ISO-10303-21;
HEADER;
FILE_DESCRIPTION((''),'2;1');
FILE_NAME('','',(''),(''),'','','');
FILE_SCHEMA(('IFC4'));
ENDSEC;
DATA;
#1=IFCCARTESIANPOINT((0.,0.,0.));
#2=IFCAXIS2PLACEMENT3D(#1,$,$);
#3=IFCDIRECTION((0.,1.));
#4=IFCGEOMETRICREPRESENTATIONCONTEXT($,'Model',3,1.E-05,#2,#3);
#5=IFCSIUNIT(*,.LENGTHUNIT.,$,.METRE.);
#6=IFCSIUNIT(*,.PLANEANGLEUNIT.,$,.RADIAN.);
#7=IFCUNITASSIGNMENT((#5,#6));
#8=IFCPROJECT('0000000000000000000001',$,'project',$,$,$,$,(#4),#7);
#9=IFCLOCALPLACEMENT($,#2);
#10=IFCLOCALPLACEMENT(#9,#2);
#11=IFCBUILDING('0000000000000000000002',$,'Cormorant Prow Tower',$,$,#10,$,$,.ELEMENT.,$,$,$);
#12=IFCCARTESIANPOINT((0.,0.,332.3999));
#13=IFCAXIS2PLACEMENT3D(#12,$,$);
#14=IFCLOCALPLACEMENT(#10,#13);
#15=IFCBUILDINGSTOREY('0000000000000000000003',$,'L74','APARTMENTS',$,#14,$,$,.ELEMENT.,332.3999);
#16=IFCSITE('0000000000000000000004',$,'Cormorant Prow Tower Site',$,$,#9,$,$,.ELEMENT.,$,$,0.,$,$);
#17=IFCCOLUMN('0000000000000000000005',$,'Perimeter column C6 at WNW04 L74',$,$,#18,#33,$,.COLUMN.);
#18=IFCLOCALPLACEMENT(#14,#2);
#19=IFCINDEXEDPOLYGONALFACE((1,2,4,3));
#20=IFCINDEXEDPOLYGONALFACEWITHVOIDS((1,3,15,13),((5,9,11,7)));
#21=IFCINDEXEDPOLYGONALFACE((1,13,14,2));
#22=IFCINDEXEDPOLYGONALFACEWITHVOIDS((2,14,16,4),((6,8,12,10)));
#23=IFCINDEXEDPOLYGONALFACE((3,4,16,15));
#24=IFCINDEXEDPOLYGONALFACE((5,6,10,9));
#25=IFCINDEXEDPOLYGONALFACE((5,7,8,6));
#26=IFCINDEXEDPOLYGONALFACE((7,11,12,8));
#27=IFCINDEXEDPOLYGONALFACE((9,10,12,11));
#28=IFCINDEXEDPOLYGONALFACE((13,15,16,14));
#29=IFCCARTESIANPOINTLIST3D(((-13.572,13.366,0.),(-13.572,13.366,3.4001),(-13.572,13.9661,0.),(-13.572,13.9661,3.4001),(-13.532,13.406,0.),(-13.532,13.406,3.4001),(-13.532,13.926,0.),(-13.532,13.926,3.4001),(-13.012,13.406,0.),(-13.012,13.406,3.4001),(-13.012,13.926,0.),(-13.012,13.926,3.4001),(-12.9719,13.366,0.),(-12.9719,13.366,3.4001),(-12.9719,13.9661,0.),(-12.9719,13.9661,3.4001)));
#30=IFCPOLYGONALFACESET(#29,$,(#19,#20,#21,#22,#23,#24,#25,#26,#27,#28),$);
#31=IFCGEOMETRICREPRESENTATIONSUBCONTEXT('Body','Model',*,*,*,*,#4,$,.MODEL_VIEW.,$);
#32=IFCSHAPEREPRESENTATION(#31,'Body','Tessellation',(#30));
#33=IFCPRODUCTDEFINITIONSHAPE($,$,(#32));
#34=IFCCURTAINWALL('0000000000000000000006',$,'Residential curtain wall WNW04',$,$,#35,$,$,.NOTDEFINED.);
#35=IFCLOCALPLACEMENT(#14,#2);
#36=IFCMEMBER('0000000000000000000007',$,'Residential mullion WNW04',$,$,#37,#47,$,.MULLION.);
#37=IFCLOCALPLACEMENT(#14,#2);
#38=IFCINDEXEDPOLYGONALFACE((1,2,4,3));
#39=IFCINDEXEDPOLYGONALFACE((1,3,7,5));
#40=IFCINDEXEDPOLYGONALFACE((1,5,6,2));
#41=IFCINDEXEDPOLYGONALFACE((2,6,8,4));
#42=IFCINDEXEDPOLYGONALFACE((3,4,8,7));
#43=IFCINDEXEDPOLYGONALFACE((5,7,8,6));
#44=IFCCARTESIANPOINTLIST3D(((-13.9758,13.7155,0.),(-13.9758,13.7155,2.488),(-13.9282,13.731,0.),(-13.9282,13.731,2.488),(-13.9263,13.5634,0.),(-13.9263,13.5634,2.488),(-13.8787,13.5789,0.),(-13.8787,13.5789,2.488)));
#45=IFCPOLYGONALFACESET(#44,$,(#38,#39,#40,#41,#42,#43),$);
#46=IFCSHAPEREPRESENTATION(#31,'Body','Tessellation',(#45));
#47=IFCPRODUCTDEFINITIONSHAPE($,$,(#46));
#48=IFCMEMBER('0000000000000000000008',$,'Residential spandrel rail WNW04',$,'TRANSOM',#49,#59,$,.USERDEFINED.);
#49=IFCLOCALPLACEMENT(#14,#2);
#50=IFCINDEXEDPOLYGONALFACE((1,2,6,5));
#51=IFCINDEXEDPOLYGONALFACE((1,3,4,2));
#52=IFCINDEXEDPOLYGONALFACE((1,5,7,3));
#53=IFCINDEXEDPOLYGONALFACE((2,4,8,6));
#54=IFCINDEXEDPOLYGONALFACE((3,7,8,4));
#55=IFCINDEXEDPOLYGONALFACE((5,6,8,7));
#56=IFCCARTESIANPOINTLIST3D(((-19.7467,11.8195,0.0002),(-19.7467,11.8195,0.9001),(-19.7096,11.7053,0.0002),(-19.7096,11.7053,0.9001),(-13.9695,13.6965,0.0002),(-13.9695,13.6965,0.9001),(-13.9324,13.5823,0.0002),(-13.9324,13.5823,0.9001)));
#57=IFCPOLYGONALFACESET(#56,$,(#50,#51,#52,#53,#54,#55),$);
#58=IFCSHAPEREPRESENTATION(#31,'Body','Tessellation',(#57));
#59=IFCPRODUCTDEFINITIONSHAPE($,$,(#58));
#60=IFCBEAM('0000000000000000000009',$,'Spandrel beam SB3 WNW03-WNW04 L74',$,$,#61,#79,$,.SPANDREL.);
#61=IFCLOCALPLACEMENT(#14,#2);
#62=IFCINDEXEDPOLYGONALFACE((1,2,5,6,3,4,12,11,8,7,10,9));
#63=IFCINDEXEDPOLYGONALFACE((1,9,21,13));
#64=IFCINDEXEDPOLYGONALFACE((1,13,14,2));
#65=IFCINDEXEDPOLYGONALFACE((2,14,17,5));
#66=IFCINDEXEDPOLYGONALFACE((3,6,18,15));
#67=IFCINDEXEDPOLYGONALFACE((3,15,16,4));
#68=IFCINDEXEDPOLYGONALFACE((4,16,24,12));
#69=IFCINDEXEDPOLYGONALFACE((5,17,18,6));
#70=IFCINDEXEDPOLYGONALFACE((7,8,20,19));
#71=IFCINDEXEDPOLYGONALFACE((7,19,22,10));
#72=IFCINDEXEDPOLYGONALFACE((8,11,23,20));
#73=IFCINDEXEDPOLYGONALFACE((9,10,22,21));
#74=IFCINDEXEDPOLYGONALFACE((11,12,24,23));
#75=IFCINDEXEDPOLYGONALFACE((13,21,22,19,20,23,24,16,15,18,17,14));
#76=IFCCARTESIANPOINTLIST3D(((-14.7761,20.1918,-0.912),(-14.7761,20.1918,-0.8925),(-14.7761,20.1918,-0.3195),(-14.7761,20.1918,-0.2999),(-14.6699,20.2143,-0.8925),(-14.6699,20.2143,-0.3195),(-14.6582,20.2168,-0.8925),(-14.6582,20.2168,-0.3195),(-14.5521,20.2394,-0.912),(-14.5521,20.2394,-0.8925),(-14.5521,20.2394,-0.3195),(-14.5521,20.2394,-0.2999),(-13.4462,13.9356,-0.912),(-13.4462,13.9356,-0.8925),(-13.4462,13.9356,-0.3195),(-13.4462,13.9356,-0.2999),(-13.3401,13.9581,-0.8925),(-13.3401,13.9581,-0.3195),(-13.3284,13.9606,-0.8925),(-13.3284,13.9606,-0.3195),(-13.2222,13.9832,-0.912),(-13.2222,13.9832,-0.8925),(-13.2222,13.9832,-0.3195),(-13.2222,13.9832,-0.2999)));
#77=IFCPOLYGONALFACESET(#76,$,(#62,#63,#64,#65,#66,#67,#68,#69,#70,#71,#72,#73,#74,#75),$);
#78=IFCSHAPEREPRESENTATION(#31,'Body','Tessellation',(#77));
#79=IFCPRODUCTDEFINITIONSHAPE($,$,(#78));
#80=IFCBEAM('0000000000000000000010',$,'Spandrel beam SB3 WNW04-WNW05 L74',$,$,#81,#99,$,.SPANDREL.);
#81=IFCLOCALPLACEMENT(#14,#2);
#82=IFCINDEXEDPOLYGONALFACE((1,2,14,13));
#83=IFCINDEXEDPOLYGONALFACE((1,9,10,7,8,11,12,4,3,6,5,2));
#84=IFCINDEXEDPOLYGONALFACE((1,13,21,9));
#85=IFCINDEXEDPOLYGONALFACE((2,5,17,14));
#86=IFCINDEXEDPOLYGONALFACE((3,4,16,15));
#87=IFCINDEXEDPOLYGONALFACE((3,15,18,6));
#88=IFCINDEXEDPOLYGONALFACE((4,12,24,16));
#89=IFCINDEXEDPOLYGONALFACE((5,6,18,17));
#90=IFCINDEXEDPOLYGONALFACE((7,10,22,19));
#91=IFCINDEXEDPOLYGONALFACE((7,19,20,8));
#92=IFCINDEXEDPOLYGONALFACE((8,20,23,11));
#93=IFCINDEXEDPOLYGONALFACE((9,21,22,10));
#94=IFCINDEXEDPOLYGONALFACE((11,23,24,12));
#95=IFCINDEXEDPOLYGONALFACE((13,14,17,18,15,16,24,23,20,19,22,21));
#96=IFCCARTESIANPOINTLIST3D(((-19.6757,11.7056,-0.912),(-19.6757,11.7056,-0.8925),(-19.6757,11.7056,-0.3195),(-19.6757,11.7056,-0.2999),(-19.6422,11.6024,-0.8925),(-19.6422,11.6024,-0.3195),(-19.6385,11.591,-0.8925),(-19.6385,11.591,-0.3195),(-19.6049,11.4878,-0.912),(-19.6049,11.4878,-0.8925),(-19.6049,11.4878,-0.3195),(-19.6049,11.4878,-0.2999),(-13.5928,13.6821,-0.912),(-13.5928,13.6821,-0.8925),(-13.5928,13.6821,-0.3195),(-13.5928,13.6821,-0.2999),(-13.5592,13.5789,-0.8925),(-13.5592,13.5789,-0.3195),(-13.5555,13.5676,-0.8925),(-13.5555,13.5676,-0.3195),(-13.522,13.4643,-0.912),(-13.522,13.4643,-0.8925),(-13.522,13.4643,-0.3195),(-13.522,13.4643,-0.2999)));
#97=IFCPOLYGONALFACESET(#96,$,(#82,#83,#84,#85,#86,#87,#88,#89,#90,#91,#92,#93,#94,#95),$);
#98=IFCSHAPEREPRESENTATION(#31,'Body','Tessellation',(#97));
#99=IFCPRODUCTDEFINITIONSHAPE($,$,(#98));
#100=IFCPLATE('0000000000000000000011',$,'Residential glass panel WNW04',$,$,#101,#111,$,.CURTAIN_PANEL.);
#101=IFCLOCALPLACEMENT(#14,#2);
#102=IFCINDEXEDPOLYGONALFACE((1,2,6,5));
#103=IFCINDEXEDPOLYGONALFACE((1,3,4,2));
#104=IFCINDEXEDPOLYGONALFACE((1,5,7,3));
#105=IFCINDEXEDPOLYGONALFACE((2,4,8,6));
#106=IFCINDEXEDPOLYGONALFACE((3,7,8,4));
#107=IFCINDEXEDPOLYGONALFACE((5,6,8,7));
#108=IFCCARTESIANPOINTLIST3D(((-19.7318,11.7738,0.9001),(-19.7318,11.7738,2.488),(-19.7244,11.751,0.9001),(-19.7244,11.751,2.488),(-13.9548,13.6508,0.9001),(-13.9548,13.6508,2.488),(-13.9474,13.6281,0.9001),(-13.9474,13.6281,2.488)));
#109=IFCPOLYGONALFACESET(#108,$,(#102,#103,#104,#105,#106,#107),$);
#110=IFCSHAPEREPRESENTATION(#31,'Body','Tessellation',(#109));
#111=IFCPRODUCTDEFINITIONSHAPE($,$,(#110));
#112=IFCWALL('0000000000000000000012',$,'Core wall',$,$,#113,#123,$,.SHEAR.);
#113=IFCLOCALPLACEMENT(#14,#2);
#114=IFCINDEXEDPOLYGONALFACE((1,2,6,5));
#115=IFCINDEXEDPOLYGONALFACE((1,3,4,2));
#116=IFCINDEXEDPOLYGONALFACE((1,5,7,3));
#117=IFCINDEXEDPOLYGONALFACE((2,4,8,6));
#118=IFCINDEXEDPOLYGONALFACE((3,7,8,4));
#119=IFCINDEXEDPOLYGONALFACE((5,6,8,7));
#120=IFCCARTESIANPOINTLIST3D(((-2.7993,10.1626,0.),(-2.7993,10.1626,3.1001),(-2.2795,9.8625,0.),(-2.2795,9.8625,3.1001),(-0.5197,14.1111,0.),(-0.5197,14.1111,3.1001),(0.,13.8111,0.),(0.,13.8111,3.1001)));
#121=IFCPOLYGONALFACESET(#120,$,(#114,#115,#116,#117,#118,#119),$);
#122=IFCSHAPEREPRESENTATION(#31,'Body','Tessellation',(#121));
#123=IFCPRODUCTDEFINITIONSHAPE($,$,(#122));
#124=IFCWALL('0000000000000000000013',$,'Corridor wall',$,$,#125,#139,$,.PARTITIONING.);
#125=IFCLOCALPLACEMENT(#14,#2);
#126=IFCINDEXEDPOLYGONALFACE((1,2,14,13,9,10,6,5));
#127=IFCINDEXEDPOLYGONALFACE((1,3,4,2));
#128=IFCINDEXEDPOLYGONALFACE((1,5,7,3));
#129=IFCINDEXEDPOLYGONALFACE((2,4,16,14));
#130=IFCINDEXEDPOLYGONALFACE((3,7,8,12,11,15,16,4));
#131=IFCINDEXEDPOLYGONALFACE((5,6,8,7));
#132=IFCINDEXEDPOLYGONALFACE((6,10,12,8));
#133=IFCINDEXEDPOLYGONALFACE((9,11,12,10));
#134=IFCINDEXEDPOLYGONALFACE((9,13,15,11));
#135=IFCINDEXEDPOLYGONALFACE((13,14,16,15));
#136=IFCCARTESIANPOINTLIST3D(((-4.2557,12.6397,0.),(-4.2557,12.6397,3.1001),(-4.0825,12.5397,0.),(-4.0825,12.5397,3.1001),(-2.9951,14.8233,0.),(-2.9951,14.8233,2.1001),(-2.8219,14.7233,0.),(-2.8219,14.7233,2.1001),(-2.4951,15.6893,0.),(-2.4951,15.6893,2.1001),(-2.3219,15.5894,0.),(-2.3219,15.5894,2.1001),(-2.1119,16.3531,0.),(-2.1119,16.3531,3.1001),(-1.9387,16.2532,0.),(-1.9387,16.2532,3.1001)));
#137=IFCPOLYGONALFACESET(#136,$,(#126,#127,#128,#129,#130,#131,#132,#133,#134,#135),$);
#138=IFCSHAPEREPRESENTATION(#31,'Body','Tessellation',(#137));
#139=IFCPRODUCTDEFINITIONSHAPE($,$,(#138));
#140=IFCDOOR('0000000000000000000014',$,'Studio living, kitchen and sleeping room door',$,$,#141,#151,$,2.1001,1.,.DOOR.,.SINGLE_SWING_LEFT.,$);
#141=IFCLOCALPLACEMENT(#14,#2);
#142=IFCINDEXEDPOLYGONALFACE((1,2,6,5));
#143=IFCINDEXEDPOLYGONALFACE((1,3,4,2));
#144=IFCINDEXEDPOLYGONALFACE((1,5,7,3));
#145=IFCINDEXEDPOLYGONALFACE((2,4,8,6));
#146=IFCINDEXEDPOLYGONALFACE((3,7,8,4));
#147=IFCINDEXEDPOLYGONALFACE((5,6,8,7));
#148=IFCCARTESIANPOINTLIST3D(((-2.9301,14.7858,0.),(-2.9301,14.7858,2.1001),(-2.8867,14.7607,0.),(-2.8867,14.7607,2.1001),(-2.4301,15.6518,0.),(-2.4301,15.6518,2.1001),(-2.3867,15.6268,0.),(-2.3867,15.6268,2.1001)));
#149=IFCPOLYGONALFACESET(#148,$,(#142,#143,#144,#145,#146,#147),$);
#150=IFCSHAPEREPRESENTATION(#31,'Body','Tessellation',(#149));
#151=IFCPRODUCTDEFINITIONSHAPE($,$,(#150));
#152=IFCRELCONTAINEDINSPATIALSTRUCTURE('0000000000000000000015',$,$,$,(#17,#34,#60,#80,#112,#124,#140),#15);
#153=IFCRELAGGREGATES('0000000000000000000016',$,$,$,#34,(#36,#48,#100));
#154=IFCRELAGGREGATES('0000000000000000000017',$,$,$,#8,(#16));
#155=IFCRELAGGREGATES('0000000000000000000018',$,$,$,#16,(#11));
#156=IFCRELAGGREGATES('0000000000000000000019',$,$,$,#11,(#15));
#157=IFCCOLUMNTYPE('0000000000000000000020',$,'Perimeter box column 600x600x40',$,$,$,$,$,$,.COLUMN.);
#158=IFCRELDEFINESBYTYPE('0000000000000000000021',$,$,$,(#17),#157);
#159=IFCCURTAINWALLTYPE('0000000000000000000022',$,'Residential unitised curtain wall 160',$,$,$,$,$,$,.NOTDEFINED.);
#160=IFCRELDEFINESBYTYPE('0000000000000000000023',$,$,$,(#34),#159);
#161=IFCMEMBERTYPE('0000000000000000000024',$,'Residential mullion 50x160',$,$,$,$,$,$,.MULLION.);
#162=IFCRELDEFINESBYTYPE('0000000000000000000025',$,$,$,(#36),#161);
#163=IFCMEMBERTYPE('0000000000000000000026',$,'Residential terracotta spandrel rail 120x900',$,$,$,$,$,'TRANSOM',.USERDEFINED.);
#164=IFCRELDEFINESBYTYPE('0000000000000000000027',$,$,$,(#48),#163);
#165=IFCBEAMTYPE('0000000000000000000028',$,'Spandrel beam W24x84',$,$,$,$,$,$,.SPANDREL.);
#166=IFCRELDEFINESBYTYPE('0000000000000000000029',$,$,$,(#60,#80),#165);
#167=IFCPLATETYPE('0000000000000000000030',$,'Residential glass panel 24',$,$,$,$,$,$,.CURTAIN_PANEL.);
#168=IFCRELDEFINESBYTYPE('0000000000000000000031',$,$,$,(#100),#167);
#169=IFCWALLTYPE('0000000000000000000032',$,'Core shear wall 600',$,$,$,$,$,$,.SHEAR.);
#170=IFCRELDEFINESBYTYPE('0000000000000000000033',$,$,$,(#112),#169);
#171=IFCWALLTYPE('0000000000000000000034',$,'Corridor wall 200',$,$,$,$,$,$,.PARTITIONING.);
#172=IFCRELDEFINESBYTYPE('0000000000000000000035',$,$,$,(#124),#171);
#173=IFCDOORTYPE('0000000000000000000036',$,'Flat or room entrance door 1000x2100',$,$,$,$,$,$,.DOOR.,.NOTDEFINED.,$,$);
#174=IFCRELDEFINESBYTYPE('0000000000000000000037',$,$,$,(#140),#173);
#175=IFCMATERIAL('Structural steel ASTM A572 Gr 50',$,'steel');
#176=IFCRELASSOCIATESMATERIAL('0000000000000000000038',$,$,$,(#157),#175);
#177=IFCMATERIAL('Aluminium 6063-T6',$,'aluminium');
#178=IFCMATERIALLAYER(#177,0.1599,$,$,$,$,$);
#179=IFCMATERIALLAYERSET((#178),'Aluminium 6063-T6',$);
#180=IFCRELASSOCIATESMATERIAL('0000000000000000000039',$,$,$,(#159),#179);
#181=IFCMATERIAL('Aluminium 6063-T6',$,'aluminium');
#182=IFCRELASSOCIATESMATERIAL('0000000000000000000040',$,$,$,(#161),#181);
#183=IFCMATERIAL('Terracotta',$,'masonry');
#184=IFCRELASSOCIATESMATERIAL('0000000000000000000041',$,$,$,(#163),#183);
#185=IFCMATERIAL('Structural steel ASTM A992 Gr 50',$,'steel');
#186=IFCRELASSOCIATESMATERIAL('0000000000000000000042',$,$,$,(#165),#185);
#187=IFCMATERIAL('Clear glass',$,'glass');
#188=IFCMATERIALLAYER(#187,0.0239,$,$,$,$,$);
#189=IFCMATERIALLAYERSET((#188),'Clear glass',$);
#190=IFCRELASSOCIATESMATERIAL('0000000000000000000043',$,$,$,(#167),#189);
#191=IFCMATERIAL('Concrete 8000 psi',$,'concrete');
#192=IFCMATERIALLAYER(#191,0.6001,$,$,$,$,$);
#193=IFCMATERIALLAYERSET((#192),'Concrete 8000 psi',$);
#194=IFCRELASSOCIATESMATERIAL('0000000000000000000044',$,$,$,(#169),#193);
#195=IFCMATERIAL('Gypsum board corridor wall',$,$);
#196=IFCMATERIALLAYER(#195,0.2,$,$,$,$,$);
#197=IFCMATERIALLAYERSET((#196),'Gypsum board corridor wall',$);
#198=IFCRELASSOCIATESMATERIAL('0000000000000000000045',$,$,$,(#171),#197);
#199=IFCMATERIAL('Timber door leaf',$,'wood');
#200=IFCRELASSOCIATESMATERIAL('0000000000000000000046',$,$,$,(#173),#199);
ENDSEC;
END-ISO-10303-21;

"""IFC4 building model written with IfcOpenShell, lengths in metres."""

from ifc_helpers import new_model, si_unit, direction, frame, frame_2d, origin, origin_2d, place, context, subcontext, project, spatial, rectangle, hollow_rectangle, i_section, extrude, material, layer, layer_set, material_profile, profile_set, type_object, element, fill, aggregate, save


model = new_model("IFC4")

# Units and contexts
model_context = context("Model", 3, precision=1e-05, world=origin(), true_north=direction((0.0, 1.0)))
body_context = subcontext(model_context, "Body", "Model", "MODEL_VIEW")
ifc_project = project(units=[si_unit("LENGTHUNIT", "METRE"), si_unit("PLANEANGLEUNIT", "RADIAN")], contexts=[model_context])

# Site, building, storey
site_placement = place(None, origin())
site = spatial("IfcSite", under=ifc_project, at=site_placement, Name="Cormorant Prow Tower Site", CompositionType="ELEMENT", RefElevation=0.0)
building_placement = place(site_placement, origin())
building = spatial("IfcBuilding", under=site, at=building_placement, Name="Cormorant Prow Tower", CompositionType="ELEMENT")
storey_placement = place(building_placement, frame((0.0, 0.0, 332.3999)))
storey = spatial("IfcBuildingStorey", under=building, at=storey_placement, Name="L74", Description="APARTMENTS", CompositionType="ELEMENT", Elevation=332.3999)

# Column
ifc_material_1 = material(Name="Structural steel ASTM A572 Gr 50", Category="steel")
ifc_material_profile_1 = material_profile(ifc_material_1, hollow_rectangle(XDim=0.6001, YDim=0.6001, WallThickness=0.04, at=origin_2d()), Name="Box 600x600x40")
ifc_profile_set_1 = profile_set([ifc_material_profile_1], Name="Structural steel ASTM A572 Gr 50")
column_type = type_object("IfcColumnType", Name="Perimeter box column 600x600x40", PredefinedType="COLUMN", material=ifc_profile_set_1)
column_placement = place(storey_placement, frame((-13.272, 13.666, 0.0), z_axis=(0.0, 0.0, 1.0), x_axis=(1.0, 0.0, 0.0)))
element("IfcColumn", 1, at=column_placement, inside=storey, type_object=column_type, Name="Perimeter column C6 at WNW04 L74", PredefinedType="COLUMN", context=body_context, shape_type="SweptSolid", body=[
    extrude(hollow_rectangle(XDim=0.6001, YDim=0.6001, WallThickness=0.04, at=origin_2d()), origin(), (0.0, 0.0, 1.0), 3.4001),
])

# Curtain wall, members
ifc_material_2 = material(Name="Aluminium 6063-T6", Category="aluminium")
ifc_layer_1 = layer(ifc_material_2, 0.1599)
ifc_layer_set_1 = layer_set([ifc_layer_1], Name="Aluminium 6063-T6")
curtain_wall_type = type_object("IfcCurtainWallType", Name="Residential unitised curtain wall 160", PredefinedType="NOTDEFINED", material=ifc_layer_set_1)
curtain_wall_placement = place(storey_placement, origin())
curtain_wall = element("IfcCurtainWall", 2, at=curtain_wall_placement, inside=storey, type_object=curtain_wall_type, Name="Residential curtain wall WNW04", PredefinedType="NOTDEFINED")
ifc_material_3 = material(Name="Aluminium 6063-T6", Category="aluminium")
ifc_material_profile_2 = material_profile(ifc_material_3, rectangle(XDim=0.1599, YDim=0.05, at=origin_2d()), Name="Residential mullion 50x160")
ifc_profile_set_2 = profile_set([ifc_material_profile_2], Name="Aluminium 6063-T6")
member_type_1 = type_object("IfcMemberType", Name="Residential mullion 50x160", PredefinedType="MULLION", material=ifc_profile_set_2)
member_1_placement = place(storey_placement, frame((-13.9272, 13.6472, 0.0), z_axis=(0.0, 0.0, 1.0), x_axis=(0.309017, -0.951057, 0.0)))
member_1 = element("IfcMember", 3, at=member_1_placement, type_object=member_type_1, Name="Residential mullion WNW04", PredefinedType="MULLION", context=body_context, shape_type="SweptSolid", body=[
    extrude(rectangle(XDim=0.1599, YDim=0.05, at=origin_2d()), origin(), (0.0, 0.0, 1.0), 2.488),
])
ifc_material_4 = material(Name="Terracotta", Category="masonry")
ifc_material_profile_3 = material_profile(ifc_material_4, rectangle(XDim=0.1201, YDim=0.8999, at=origin_2d()), Name="Residential terracotta spandrel rail 120x900")
ifc_profile_set_3 = profile_set([ifc_material_profile_3], Name="Terracotta")
member_type_2 = type_object("IfcMemberType", Name="Residential terracotta spandrel rail 120x900", ElementType="TRANSOM", PredefinedType="USERDEFINED", material=ifc_profile_set_3)
member_2_placement = place(storey_placement, frame((-13.9509, 13.6394, 0.4502), z_axis=(-0.951063, -0.308996, 0.0), x_axis=(0.308996, -0.951063, 0.0)))
member_2 = element("IfcMember", 4, at=member_2_placement, type_object=member_type_2, Name="Residential spandrel rail WNW04", ObjectType="TRANSOM", PredefinedType="USERDEFINED", context=body_context, shape_type="SweptSolid", body=[
    extrude(rectangle(XDim=0.1201, YDim=0.8999, at=origin_2d()), origin(), (0.0, 0.0, 1.0), 6.0745),
])

# Beams
ifc_material_5 = material(Name="Structural steel ASTM A992 Gr 50", Category="steel")
ifc_material_profile_4 = material_profile(ifc_material_5, i_section(OverallWidth=0.229, OverallDepth=0.6121, WebThickness=0.012, FlangeThickness=0.0195, at=origin_2d()), Name="W24x84")
ifc_profile_set_4 = profile_set([ifc_material_profile_4], Name="Structural steel ASTM A992 Gr 50")
beam_type = type_object("IfcBeamType", Name="Spandrel beam W24x84", PredefinedType="SPANDREL", material=ifc_profile_set_4)
for number, where, z_axis, x_axis, name in (
    (5, (-14.6641, 20.2156, -0.606), (0.20792, -0.978146, 0.0), (0.978146, 0.20792, 0.0), "Spandrel beam SB3 WNW03-WNW04 L74"),
    (6, (-13.5574, 13.5732, -0.606), (-0.951053, -0.309027, 0.0), (0.309027, -0.951053, 0.0), "Spandrel beam SB3 WNW04-WNW05 L74"),
):
    element("IfcBeam", number, at=place(storey_placement, frame(where, z_axis=z_axis, x_axis=x_axis)), inside=storey, type_object=beam_type, Name=name, PredefinedType="SPANDREL", context=body_context, shape_type="SweptSolid", body=[
        extrude(i_section(OverallWidth=0.229, OverallDepth=0.6121, WebThickness=0.012, FlangeThickness=0.0195, at=origin_2d()), origin(), (0.0, 0.0, 1.0), 6.396),
    ])

# Plate
ifc_material_6 = material(Name="Clear glass", Category="glass")
ifc_layer_2 = layer(ifc_material_6, 0.0239)
ifc_layer_set_2 = layer_set([ifc_layer_2], Name="Clear glass")
plate_type = type_object("IfcPlateType", Name="Residential glass panel 24", PredefinedType="CURTAIN_PANEL", material=ifc_layer_set_2)
plate_placement = place(storey_placement, frame((-16.8396, 12.7009, 0.9001), z_axis=(0.0, 0.0, 1.0), x_axis=(-0.951057, -0.309017, 0.0)))
plate = element("IfcPlate", 7, at=plate_placement, type_object=plate_type, Name="Residential glass panel WNW04", PredefinedType="CURTAIN_PANEL", context=body_context, shape_type="SweptSolid", body=[
    extrude(rectangle(XDim=6.0742, YDim=0.0239, at=origin_2d()), origin(), (0.0, 0.0, 1.0), 1.5879),
])
aggregate(curtain_wall, [member_1, member_2, plate])

# Wall
ifc_material_7 = material(Name="Concrete 8000 psi", Category="concrete")
ifc_layer_3 = layer(ifc_material_7, 0.6001)
ifc_layer_set_3 = layer_set([ifc_layer_3], Name="Concrete 8000 psi")
wall_type_1 = type_object("IfcWallType", Name="Core shear wall 600", PredefinedType="SHEAR", material=ifc_layer_set_3)
wall_1_placement = place(storey_placement, frame((-0.2598, 13.9612, 0.0), z_axis=(0.0, 0.0, 1.0), x_axis=(-0.49998, -0.866037, 0.0)))
element("IfcWall", 8, at=wall_1_placement, inside=storey, type_object=wall_type_1, Name="Core wall", PredefinedType="SHEAR", context=body_context, shape_type="SweptSolid", body=[
    extrude(rectangle(XDim=4.5593, YDim=0.6001, at=frame_2d((2.2798, 0.0))), origin(), (0.0, 0.0, 1.0), 3.1001),
])

# Wall, opening, door
ifc_material_8 = material(Name="Gypsum board corridor wall")
ifc_layer_4 = layer(ifc_material_8, 0.2)
ifc_layer_set_4 = layer_set([ifc_layer_4], Name="Gypsum board corridor wall")
wall_type_2 = type_object("IfcWallType", Name="Corridor wall 200", PredefinedType="PARTITIONING", material=ifc_layer_set_4)
wall_2_placement = place(storey_placement, frame((-4.1692, 12.5896, 0.0), z_axis=(0.0, 0.0, 1.0), x_axis=(0.499979, 0.866038, 0.0)))
wall_2 = element("IfcWall", 9, at=wall_2_placement, inside=storey, type_object=wall_type_2, Name="Corridor wall", PredefinedType="PARTITIONING", context=body_context, shape_type="SweptSolid", body=[
    extrude(rectangle(XDim=4.2878, YDim=0.2, at=frame_2d((2.144, 0.0))), origin(), (0.0, 0.0, 1.0), 3.1001),
])
opening_1_placement = place(wall_2_placement, frame((2.5215, 0.0, 0.0)))
opening_1 = element("IfcOpeningElement", 10, at=opening_1_placement, cuts=wall_2, PredefinedType="OPENING", context=body_context, shape_type="SweptSolid", body=[
    extrude(rectangle(XDim=1.0, YDim=2.1001, at=frame_2d((0.5, 1.05))), frame((0.0, 0.1099, 0.0), z_axis=(0.0, -1.0, 0.0), x_axis=(1.0, 0.0, 0.0)), (0.0, 0.0, 1.0), 0.22),
])
ifc_material_9 = material(Name="Timber door leaf", Category="wood")
door_type_1 = type_object("IfcDoorType", Name="Flat or room entrance door 1000x2100", OperationType="NOTDEFINED", PredefinedType="DOOR", material=ifc_material_9)
door_1_placement = place(opening_1_placement, origin())
door_1 = element("IfcDoor", 11, at=door_1_placement, inside=storey, type_object=door_type_1, Name="Studio living, kitchen and sleeping room door", OperationType="SINGLE_SWING_LEFT", OverallHeight=2.1001, OverallWidth=1.0, PredefinedType="DOOR", context=body_context, shape_type="SweptSolid", body=[
    extrude(rectangle(XDim=1.0, YDim=2.1001, at=frame_2d((0.5, 1.05))), frame((0.0, 0.0249, 0.0), z_axis=(0.0, -1.0, 0.0), x_axis=(1.0, 0.0, 0.0)), (0.0, 0.0, 1.0), 0.05),
])
fill(opening_1, door_1)

save(model, "model.ifc")
